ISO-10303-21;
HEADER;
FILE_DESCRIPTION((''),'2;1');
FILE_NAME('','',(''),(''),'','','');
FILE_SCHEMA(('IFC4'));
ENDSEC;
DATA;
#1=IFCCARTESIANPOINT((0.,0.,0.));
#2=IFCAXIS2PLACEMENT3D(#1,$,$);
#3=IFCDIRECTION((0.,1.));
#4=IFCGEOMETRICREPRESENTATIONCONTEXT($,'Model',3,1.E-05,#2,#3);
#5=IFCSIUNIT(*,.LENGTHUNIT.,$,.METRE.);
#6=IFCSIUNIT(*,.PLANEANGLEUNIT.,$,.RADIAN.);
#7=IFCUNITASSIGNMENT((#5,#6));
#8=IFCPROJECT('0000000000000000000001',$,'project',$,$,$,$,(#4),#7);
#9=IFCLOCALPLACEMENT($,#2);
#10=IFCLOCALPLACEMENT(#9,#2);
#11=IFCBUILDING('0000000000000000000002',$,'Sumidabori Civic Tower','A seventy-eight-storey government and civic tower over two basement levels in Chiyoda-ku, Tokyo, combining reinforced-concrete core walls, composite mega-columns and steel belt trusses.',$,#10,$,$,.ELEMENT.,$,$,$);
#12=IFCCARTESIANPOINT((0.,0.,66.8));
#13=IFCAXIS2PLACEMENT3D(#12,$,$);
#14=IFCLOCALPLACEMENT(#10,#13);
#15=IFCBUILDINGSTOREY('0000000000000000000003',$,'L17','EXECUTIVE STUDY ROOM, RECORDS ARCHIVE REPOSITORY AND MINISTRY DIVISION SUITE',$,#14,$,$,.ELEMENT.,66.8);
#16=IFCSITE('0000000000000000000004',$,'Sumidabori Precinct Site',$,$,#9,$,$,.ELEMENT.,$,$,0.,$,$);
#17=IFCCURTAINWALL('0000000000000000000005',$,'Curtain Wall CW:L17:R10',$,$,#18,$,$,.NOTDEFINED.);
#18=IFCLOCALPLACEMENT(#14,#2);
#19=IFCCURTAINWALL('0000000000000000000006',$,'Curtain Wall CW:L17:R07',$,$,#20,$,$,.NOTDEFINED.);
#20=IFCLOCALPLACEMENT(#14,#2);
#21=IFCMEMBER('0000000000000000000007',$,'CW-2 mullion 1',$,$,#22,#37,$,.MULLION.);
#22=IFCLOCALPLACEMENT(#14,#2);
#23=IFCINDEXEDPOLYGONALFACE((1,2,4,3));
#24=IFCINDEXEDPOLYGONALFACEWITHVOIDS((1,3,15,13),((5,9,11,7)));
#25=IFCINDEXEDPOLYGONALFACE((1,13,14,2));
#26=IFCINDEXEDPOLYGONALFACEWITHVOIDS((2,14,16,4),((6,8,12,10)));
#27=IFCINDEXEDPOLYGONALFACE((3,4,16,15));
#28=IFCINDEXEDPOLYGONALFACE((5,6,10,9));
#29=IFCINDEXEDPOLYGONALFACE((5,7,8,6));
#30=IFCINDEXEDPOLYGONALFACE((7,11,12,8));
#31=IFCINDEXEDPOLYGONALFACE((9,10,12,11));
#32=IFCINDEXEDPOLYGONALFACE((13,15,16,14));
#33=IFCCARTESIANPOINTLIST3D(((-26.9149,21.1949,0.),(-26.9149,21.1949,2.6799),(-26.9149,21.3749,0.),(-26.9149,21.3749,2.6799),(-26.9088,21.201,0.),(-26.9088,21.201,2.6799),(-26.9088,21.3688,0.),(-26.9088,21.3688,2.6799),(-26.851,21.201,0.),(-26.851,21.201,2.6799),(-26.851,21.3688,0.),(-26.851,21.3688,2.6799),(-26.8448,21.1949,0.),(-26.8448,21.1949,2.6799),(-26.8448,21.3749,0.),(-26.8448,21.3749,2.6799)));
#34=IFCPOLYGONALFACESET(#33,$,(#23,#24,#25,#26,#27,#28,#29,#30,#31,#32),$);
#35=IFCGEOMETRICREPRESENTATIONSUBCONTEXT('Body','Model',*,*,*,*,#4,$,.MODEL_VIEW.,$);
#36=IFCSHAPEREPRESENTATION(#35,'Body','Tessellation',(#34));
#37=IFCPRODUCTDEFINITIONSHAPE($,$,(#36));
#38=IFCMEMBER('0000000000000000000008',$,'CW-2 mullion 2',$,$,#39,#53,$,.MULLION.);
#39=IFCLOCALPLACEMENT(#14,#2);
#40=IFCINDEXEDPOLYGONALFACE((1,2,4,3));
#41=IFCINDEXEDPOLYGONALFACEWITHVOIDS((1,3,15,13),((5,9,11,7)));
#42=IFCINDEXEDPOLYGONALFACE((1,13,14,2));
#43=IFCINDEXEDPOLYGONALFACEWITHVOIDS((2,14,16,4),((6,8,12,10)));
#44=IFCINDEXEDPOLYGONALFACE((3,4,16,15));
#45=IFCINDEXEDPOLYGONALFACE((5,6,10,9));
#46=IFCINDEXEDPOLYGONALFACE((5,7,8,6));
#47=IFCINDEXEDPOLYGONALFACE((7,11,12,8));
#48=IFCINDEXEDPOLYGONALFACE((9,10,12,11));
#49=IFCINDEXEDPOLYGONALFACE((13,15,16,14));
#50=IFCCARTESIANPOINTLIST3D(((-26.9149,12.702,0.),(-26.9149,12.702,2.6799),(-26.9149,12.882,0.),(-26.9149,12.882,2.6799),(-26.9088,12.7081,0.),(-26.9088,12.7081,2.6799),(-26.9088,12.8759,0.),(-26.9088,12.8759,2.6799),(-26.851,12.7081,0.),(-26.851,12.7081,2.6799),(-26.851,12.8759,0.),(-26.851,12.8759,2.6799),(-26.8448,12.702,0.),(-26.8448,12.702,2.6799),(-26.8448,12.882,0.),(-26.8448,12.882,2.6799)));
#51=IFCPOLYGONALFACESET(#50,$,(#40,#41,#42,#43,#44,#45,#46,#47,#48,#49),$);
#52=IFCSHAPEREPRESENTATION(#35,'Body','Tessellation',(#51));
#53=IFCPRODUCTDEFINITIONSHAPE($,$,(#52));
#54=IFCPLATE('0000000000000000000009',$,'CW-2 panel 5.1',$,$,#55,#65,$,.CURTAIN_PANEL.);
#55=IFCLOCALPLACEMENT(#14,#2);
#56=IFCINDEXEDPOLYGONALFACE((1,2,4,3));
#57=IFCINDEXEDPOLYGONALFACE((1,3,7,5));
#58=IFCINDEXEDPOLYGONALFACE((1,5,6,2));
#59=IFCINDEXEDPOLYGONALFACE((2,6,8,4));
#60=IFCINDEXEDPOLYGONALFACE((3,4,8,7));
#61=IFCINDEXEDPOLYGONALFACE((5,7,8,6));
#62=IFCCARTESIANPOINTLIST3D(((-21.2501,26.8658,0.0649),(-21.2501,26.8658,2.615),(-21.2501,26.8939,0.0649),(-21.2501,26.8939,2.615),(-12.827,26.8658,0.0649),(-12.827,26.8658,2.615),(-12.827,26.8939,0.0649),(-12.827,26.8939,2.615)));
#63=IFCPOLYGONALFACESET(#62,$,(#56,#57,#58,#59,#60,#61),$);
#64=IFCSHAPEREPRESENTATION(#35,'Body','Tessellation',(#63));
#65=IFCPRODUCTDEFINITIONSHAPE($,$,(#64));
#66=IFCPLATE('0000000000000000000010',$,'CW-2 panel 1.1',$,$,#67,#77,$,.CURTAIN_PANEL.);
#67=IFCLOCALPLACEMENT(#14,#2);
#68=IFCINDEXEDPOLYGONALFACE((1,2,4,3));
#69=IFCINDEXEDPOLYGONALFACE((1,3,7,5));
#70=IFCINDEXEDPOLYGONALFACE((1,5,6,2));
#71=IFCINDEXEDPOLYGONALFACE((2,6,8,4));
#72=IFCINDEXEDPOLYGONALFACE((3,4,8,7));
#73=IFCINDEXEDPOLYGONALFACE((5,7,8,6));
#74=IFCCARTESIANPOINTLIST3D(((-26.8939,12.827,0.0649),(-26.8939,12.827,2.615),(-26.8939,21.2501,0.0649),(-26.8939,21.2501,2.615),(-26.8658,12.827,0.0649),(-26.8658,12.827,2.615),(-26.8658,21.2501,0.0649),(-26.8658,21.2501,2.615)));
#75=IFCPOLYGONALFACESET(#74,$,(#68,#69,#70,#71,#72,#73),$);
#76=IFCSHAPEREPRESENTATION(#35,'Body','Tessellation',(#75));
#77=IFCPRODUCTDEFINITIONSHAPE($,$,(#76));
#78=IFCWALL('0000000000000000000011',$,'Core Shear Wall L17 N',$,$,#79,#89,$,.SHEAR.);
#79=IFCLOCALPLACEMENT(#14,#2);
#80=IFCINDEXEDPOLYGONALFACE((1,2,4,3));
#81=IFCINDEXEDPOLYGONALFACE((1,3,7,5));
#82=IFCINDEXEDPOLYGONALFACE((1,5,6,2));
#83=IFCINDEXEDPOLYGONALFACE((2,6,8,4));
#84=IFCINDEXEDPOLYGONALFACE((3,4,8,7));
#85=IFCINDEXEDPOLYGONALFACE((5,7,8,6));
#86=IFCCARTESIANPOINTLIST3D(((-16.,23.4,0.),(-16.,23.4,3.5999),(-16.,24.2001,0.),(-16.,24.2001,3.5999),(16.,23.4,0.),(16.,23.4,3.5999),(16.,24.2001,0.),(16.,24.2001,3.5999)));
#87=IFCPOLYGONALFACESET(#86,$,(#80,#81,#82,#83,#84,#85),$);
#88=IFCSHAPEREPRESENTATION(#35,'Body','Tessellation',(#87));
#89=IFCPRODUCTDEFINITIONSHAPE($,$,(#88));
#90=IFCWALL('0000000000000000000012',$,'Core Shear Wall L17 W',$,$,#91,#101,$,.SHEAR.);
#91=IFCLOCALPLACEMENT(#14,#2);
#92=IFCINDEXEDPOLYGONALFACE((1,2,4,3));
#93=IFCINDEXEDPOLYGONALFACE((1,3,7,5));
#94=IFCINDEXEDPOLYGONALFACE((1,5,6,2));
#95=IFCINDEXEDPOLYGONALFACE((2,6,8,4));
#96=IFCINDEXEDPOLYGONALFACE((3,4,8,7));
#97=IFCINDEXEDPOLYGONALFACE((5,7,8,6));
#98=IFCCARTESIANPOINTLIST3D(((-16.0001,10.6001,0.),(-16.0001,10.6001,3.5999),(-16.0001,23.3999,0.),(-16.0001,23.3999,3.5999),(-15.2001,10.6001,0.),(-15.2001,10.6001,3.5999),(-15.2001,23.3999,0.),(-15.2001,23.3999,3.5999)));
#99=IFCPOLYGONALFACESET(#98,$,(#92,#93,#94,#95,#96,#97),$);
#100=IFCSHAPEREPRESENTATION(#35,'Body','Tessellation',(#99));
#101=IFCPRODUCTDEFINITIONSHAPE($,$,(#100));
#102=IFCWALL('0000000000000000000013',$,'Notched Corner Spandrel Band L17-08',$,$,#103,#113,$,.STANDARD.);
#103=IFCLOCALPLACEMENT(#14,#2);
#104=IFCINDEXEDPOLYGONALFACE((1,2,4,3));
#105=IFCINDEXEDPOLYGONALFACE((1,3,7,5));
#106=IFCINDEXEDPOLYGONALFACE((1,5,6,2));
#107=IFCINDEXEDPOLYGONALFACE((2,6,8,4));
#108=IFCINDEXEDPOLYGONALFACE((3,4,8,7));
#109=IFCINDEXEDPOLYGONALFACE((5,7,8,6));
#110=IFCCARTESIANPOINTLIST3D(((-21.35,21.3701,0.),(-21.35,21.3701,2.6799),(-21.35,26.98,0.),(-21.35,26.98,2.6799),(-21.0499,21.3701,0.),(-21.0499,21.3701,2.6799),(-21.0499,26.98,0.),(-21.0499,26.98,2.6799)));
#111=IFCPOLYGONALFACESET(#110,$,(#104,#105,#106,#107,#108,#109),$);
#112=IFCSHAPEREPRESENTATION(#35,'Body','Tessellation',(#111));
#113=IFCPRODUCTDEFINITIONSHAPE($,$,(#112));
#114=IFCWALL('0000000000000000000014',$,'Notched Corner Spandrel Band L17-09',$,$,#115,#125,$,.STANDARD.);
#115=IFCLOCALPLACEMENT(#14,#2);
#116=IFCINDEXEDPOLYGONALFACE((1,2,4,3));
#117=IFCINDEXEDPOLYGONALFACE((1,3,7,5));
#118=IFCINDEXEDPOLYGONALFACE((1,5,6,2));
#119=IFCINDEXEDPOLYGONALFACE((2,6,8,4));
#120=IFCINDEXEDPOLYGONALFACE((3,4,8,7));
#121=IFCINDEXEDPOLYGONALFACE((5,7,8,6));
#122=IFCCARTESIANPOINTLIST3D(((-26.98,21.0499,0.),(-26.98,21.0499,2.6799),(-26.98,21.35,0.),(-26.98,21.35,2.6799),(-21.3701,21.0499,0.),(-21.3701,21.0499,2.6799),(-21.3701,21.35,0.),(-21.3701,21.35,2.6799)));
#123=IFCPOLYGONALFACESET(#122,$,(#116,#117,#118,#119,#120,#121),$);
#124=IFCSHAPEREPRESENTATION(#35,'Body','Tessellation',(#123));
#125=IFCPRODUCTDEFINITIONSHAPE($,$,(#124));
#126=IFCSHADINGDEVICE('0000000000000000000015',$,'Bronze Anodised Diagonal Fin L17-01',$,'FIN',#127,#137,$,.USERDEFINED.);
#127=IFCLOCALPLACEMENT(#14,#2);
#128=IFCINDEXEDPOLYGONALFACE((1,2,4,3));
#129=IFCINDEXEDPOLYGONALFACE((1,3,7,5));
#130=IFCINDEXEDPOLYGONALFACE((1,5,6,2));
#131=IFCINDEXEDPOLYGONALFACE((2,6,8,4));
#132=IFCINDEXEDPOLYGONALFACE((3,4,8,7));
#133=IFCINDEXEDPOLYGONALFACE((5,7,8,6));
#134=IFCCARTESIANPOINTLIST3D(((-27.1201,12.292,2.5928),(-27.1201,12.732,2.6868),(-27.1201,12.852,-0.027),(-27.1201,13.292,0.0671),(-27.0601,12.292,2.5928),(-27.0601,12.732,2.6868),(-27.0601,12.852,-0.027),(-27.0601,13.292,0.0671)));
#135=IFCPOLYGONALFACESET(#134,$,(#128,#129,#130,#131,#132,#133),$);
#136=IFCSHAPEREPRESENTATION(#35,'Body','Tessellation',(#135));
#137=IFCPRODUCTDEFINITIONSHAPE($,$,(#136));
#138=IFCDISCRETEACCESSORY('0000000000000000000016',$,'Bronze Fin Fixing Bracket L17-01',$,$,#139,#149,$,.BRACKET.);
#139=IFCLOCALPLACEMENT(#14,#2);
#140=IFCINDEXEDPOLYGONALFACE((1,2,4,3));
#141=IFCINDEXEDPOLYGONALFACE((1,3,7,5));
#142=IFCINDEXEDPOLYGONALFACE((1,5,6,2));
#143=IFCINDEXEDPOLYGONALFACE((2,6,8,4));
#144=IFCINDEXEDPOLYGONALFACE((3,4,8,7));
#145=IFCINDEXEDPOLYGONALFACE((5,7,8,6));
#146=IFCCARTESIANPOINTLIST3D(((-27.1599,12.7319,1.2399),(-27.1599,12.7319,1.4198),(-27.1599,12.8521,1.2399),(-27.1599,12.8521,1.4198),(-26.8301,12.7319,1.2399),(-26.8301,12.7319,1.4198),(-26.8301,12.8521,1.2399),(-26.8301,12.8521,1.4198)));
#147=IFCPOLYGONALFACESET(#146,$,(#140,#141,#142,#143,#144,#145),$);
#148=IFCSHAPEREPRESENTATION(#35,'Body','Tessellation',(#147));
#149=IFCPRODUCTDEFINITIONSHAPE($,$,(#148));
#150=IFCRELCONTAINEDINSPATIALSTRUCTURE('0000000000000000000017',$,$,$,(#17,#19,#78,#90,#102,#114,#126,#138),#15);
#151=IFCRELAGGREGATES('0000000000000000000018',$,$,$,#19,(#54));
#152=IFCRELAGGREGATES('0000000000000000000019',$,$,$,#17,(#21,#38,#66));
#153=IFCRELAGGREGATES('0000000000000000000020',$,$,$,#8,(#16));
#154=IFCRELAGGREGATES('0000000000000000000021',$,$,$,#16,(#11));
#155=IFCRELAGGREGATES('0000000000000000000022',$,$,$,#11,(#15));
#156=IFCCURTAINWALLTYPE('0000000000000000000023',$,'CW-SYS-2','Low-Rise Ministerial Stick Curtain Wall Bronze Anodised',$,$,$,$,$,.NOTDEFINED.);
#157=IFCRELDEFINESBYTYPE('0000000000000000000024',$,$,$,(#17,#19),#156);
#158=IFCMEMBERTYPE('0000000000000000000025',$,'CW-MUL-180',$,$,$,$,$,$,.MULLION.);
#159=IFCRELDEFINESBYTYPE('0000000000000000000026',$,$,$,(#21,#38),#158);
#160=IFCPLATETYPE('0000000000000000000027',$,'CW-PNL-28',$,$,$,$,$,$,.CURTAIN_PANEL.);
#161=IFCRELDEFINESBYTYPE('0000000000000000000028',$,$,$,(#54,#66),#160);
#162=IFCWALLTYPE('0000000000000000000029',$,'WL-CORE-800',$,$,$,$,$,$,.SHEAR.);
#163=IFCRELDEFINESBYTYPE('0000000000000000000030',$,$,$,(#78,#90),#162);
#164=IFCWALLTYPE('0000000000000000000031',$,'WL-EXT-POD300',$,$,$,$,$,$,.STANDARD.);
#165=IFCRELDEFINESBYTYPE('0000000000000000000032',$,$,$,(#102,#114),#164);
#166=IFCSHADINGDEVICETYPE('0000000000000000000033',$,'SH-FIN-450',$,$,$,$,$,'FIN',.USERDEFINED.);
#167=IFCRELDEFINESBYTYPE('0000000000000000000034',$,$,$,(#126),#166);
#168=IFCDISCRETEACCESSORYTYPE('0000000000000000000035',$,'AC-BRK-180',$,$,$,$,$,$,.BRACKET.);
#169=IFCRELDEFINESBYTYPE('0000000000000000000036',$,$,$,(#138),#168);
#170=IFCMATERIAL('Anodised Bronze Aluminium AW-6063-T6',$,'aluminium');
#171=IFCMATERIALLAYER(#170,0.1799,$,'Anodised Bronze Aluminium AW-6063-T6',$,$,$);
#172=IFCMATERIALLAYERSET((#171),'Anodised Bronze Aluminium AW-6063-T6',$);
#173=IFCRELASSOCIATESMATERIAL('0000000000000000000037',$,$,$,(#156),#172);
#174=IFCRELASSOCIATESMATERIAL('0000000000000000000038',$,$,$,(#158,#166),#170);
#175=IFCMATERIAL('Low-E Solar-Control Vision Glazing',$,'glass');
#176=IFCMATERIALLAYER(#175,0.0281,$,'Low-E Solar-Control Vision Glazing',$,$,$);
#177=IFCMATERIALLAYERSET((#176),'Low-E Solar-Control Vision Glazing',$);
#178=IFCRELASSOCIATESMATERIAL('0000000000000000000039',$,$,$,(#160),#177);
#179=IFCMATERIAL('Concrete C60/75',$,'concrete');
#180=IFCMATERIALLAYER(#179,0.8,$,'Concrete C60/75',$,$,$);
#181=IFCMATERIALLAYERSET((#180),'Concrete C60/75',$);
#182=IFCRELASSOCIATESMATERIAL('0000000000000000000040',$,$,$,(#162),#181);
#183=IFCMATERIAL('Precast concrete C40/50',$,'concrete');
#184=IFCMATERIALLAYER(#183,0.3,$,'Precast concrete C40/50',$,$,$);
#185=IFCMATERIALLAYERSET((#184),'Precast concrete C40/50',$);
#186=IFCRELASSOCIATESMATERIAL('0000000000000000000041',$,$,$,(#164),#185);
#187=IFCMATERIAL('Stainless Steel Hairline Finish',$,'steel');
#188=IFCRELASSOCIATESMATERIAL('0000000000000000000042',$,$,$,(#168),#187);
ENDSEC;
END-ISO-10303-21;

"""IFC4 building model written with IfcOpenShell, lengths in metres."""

from ifc_helpers import new_model, si_unit, direction, frame, frame_2d, origin, origin_2d, place, context, subcontext, project, spatial, rectangle, hollow_rectangle, extrude, source, transform, mapped, material, layer, layer_set, material_profile, profile_set, type_object, element, aggregate, save


model = new_model("IFC4")

# Units and contexts
model_context = context("Model", 3, precision=1e-05, world=origin(), true_north=direction((0.0, 1.0)))
body_context = subcontext(model_context, "Body", "Model", "MODEL_VIEW")
ifc_project = project(units=[si_unit("LENGTHUNIT", "METRE"), si_unit("PLANEANGLEUNIT", "RADIAN")], contexts=[model_context])

# Site, building, storey
site_placement = place(None, origin())
site = spatial("IfcSite", under=ifc_project, at=site_placement, Name="Sumidabori Precinct Site", CompositionType="ELEMENT", RefElevation=0.0)
building_placement = place(site_placement, origin())
building = spatial("IfcBuilding", under=site, at=building_placement, Name="Sumidabori Civic Tower", Description="A seventy-eight-storey government and civic tower over two basement levels in Chiyoda-ku, Tokyo, combining reinforced-concrete core walls, composite mega-columns and steel belt trusses.", CompositionType="ELEMENT")
storey_placement = place(building_placement, frame((0.0, 0.0, 66.8)))
storey = spatial("IfcBuildingStorey", under=building, at=storey_placement, Name="L17", Description="EXECUTIVE STUDY ROOM, RECORDS ARCHIVE REPOSITORY AND MINISTRY DIVISION SUITE", CompositionType="ELEMENT", Elevation=66.8)

# Shared definitions
ifc_material_1 = material(Name="Concrete C60/75", Category="concrete")

# Curtain wall
ifc_material_2 = material(Name="Anodised Bronze Aluminium AW-6063-T6", Category="aluminium")
ifc_layer_1 = layer(ifc_material_2, 0.1799, Name="Anodised Bronze Aluminium AW-6063-T6")
ifc_layer_set_1 = layer_set([ifc_layer_1], Name="Anodised Bronze Aluminium AW-6063-T6")
curtain_wall_type = type_object("IfcCurtainWallType", Name="CW-SYS-2", Description="Low-Rise Ministerial Stick Curtain Wall Bronze Anodised", PredefinedType="NOTDEFINED", material=ifc_layer_set_1)
curtain_wall_1_placement = place(storey_placement, origin())
curtain_wall_1 = element("IfcCurtainWall", 1, at=curtain_wall_1_placement, inside=storey, type_object=curtain_wall_type, Name="Curtain Wall CW:L17:R10", PredefinedType="NOTDEFINED")

# Curtain wall
curtain_wall_2_placement = place(storey_placement, origin())
curtain_wall_2 = element("IfcCurtainWall", 2, at=curtain_wall_2_placement, inside=storey, type_object=curtain_wall_type, Name="Curtain Wall CW:L17:R07", PredefinedType="NOTDEFINED")
ifc_material_profile_1 = material_profile(ifc_material_2, hollow_rectangle(XDim=0.0701, YDim=0.1799, WallThickness=0.0061, at=origin_2d()), Name="ALU MULLION 180x70")
ifc_profile_set_1 = profile_set([ifc_material_profile_1], Name="Anodised Bronze Aluminium AW-6063-T6")
member_type_1 = type_object("IfcMemberType", Name="CW-MUL-180", PredefinedType="MULLION", material=ifc_profile_set_1)
shared_shape_1 = source(origin(), body_context, "Body", "SweptSolid", [
    extrude(hollow_rectangle(XDim=0.0701, YDim=0.1799, WallThickness=0.0061, at=origin_2d()), origin(), (0.0, 0.0, 1.0), 2.6799),
])

# Members
member_1_placement = place(storey_placement, frame((-26.8799, 21.2849, 0.0), z_axis=(0.0, 0.0, 1.0), x_axis=(1.0, 0.0, 0.0)))
member_1 = element("IfcMember", 3, at=member_1_placement, type_object=member_type_1, Name="CW-2 mullion 1", PredefinedType="MULLION", context=body_context, shape_type="MappedRepresentation", body=[
    mapped(shared_shape_1, transform((0.0, 0.0, 0.0), x_axis=(1.0, 0.0, 0.0), y_axis=(0.0, 1.0, 0.0), z_axis=(0.0, 0.0, 1.0), scale=1.0)),
])
member_2_placement = place(storey_placement, frame((-26.8799, 12.792, 0.0), z_axis=(0.0, 0.0, 1.0), x_axis=(1.0, 0.0, 0.0)))
member_2 = element("IfcMember", 4, at=member_2_placement, type_object=member_type_1, Name="CW-2 mullion 2", PredefinedType="MULLION", context=body_context, shape_type="MappedRepresentation", body=[
    mapped(shared_shape_1, transform((0.0, 0.0, 0.0), x_axis=(1.0, 0.0, 0.0), y_axis=(0.0, 1.0, 0.0), z_axis=(0.0, 0.0, 1.0), scale=1.0)),
])

# Plates
ifc_material_3 = material(Name="Low-E Solar-Control Vision Glazing", Category="glass")
ifc_layer_2 = layer(ifc_material_3, 0.0281, Name="Low-E Solar-Control Vision Glazing")
ifc_layer_set_2 = layer_set([ifc_layer_2], Name="Low-E Solar-Control Vision Glazing")
plate_type = type_object("IfcPlateType", Name="CW-PNL-28", PredefinedType="CURTAIN_PANEL", material=ifc_layer_set_2)
shared_shape_2 = source(origin(), body_context, "Body", "SweptSolid", [
    extrude(rectangle(XDim=8.4231, YDim=0.0281, at=origin_2d()), origin(), (0.0, 0.0, 1.0), 2.55),
])
plate_1_placement = place(storey_placement, frame((-17.0386, 26.8799, 0.0649), z_axis=(0.0, 0.0, 1.0), x_axis=(-1.0, 0.0, 0.0)))
plate_1 = element("IfcPlate", 5, at=plate_1_placement, type_object=plate_type, Name="CW-2 panel 5.1", PredefinedType="CURTAIN_PANEL", context=body_context, shape_type="MappedRepresentation", body=[
    mapped(shared_shape_2, transform((0.0, 0.0, 0.0), x_axis=(1.0, 0.0, 0.0), y_axis=(0.0, 1.0, 0.0), z_axis=(0.0, 0.0, 1.0), scale=1.0)),
])
aggregate(curtain_wall_2, [plate_1])
plate_2_placement = place(storey_placement, frame((-26.8799, 17.0386, 0.0649), z_axis=(0.0, 0.0, 1.0), x_axis=(0.0, -1.0, 0.0)))
plate_2 = element("IfcPlate", 6, at=plate_2_placement, type_object=plate_type, Name="CW-2 panel 1.1", PredefinedType="CURTAIN_PANEL", context=body_context, shape_type="MappedRepresentation", body=[
    mapped(shared_shape_2, transform((0.0, 0.0, 0.0), x_axis=(1.0, 0.0, 0.0), y_axis=(0.0, 1.0, 0.0), z_axis=(0.0, 0.0, 1.0), scale=1.0)),
])
aggregate(curtain_wall_1, [member_1, member_2, plate_2])

# Walls
ifc_layer_3 = layer(ifc_material_1, 0.8, Name="Concrete C60/75")
ifc_layer_set_3 = layer_set([ifc_layer_3], Name="Concrete C60/75")
wall_type_1 = type_object("IfcWallType", Name="WL-CORE-800", PredefinedType="SHEAR", material=ifc_layer_set_3)
shared_shape_3 = source(origin(), body_context, "Body", "SweptSolid", [
    extrude(rectangle(XDim=32.0, YDim=0.8, at=frame_2d((16.0, 0.0))), origin(), (0.0, 0.0, 1.0), 3.5999),
])
wall_1_placement = place(storey_placement, frame((-16.0, 23.8, 0.0), z_axis=(0.0, 0.0, 1.0), x_axis=(1.0, 0.0, 0.0)))
element("IfcWall", 7, at=wall_1_placement, inside=storey, type_object=wall_type_1, Name="Core Shear Wall L17 N", PredefinedType="SHEAR", context=body_context, shape_type="MappedRepresentation", body=[
    mapped(shared_shape_3, transform((0.0, 0.0, 0.0), x_axis=(1.0, 0.0, 0.0), y_axis=(0.0, 1.0, 0.0), z_axis=(0.0, 0.0, 1.0), scale=1.0)),
])
shared_shape_4 = source(origin(), body_context, "Body", "SweptSolid", [
    extrude(rectangle(XDim=12.7998, YDim=0.8, at=frame_2d((6.3999, 0.0))), origin(), (0.0, 0.0, 1.0), 3.5999),
])
wall_2_placement = place(storey_placement, frame((-15.6001, 10.6001, 0.0), z_axis=(0.0, 0.0, 1.0), x_axis=(0.0, 1.0, 0.0)))
element("IfcWall", 8, at=wall_2_placement, inside=storey, type_object=wall_type_1, Name="Core Shear Wall L17 W", PredefinedType="SHEAR", context=body_context, shape_type="MappedRepresentation", body=[
    mapped(shared_shape_4, transform((0.0, 0.0, 0.0), x_axis=(1.0, 0.0, 0.0), y_axis=(0.0, 1.0, 0.0), z_axis=(0.0, 0.0, 1.0), scale=1.0)),
])
ifc_material_4 = material(Name="Precast concrete C40/50", Category="concrete")
ifc_layer_4 = layer(ifc_material_4, 0.3, Name="Precast concrete C40/50")
ifc_layer_set_4 = layer_set([ifc_layer_4], Name="Precast concrete C40/50")
wall_type_2 = type_object("IfcWallType", Name="WL-EXT-POD300", PredefinedType="STANDARD", material=ifc_layer_set_4)
shared_shape_5 = source(origin(), body_context, "Body", "SweptSolid", [
    extrude(rectangle(XDim=5.6099, YDim=0.3, at=frame_2d((2.8049, 0.0))), origin(), (0.0, 0.0, 1.0), 2.6799),
])
for number, where, z_axis, x_axis, name in (
    (9, (-21.2, 26.98, 0.0), (0.0, 0.0, 1.0), (0.0, -1.0, 0.0), "Notched Corner Spandrel Band L17-08"),
    (10, (-21.3701, 21.2, 0.0), (0.0, 0.0, 1.0), (-1.0, 0.0, 0.0), "Notched Corner Spandrel Band L17-09"),
):
    element("IfcWall", number, at=place(storey_placement, frame(where, z_axis=z_axis, x_axis=x_axis)), inside=storey, type_object=wall_type_2, Name=name, PredefinedType="STANDARD", context=body_context, shape_type="MappedRepresentation", body=[
        mapped(shared_shape_5, transform((0.0, 0.0, 0.0), x_axis=(1.0, 0.0, 0.0), y_axis=(0.0, 1.0, 0.0), z_axis=(0.0, 0.0, 1.0), scale=1.0)),
    ])

# Shading device
ifc_material_profile_2 = material_profile(ifc_material_2, rectangle(XDim=0.0601, YDim=0.45, at=origin_2d()), Name="BRONZE FIN 450x60")
ifc_profile_set_2 = profile_set([ifc_material_profile_2], Name="Anodised Bronze Aluminium AW-6063-T6")
shading_device_type = type_object("IfcShadingDeviceType", Name="SH-FIN-450", ElementType="FIN", PredefinedType="USERDEFINED", material=ifc_profile_set_2)
shared_shape_6 = source(origin(), body_context, "Body", "SweptSolid", [
    extrude(rectangle(XDim=0.0601, YDim=0.45, at=origin_2d()), origin(), (0.0, 0.0, 1.0), 2.679),
])
shading_device_placement = place(storey_placement, frame((-27.0901, 13.072, 0.02), z_axis=(0.0, -0.20905, 0.977905), x_axis=(-1.0, 0.0, 0.0)))
element("IfcShadingDevice", 11, at=shading_device_placement, inside=storey, type_object=shading_device_type, Name="Bronze Anodised Diagonal Fin L17-01", ObjectType="FIN", PredefinedType="USERDEFINED", context=body_context, shape_type="MappedRepresentation", body=[
    mapped(shared_shape_6, transform((0.0, 0.0, 0.0), x_axis=(1.0, 0.0, 0.0), y_axis=(0.0, 1.0, 0.0), z_axis=(0.0, 0.0, 1.0), scale=1.0)),
])

# Discrete accessory
ifc_material_5 = material(Name="Stainless Steel Hairline Finish", Category="steel")
ifc_material_profile_3 = material_profile(ifc_material_5, rectangle(XDim=0.1201, YDim=0.1799, at=origin_2d()), Name="STEEL BRACKET 180x120")
ifc_profile_set_3 = profile_set([ifc_material_profile_3], Name="Stainless Steel Hairline Finish")
discrete_accessory_type = type_object("IfcDiscreteAccessoryType", Name="AC-BRK-180", PredefinedType="BRACKET", material=ifc_profile_set_3)
shared_shape_7 = source(origin(), body_context, "Body", "SweptSolid", [
    extrude(rectangle(XDim=0.1201, YDim=0.1799, at=origin_2d()), origin(), (0.0, 0.0, 1.0), 0.3298),
])
discrete_accessory_placement = place(storey_placement, frame((-26.8301, 12.792, 1.3298), z_axis=(-1.0, 0.0, 0.0), x_axis=(0.0, -1.0, 0.0)))
element("IfcDiscreteAccessory", 12, at=discrete_accessory_placement, inside=storey, type_object=discrete_accessory_type, Name="Bronze Fin Fixing Bracket L17-01", PredefinedType="BRACKET", context=body_context, shape_type="MappedRepresentation", body=[
    mapped(shared_shape_7, transform((0.0, 0.0, 0.0), x_axis=(1.0, 0.0, 0.0), y_axis=(0.0, 1.0, 0.0), z_axis=(0.0, 0.0, 1.0), scale=1.0)),
])

save(model, "model.ifc")
